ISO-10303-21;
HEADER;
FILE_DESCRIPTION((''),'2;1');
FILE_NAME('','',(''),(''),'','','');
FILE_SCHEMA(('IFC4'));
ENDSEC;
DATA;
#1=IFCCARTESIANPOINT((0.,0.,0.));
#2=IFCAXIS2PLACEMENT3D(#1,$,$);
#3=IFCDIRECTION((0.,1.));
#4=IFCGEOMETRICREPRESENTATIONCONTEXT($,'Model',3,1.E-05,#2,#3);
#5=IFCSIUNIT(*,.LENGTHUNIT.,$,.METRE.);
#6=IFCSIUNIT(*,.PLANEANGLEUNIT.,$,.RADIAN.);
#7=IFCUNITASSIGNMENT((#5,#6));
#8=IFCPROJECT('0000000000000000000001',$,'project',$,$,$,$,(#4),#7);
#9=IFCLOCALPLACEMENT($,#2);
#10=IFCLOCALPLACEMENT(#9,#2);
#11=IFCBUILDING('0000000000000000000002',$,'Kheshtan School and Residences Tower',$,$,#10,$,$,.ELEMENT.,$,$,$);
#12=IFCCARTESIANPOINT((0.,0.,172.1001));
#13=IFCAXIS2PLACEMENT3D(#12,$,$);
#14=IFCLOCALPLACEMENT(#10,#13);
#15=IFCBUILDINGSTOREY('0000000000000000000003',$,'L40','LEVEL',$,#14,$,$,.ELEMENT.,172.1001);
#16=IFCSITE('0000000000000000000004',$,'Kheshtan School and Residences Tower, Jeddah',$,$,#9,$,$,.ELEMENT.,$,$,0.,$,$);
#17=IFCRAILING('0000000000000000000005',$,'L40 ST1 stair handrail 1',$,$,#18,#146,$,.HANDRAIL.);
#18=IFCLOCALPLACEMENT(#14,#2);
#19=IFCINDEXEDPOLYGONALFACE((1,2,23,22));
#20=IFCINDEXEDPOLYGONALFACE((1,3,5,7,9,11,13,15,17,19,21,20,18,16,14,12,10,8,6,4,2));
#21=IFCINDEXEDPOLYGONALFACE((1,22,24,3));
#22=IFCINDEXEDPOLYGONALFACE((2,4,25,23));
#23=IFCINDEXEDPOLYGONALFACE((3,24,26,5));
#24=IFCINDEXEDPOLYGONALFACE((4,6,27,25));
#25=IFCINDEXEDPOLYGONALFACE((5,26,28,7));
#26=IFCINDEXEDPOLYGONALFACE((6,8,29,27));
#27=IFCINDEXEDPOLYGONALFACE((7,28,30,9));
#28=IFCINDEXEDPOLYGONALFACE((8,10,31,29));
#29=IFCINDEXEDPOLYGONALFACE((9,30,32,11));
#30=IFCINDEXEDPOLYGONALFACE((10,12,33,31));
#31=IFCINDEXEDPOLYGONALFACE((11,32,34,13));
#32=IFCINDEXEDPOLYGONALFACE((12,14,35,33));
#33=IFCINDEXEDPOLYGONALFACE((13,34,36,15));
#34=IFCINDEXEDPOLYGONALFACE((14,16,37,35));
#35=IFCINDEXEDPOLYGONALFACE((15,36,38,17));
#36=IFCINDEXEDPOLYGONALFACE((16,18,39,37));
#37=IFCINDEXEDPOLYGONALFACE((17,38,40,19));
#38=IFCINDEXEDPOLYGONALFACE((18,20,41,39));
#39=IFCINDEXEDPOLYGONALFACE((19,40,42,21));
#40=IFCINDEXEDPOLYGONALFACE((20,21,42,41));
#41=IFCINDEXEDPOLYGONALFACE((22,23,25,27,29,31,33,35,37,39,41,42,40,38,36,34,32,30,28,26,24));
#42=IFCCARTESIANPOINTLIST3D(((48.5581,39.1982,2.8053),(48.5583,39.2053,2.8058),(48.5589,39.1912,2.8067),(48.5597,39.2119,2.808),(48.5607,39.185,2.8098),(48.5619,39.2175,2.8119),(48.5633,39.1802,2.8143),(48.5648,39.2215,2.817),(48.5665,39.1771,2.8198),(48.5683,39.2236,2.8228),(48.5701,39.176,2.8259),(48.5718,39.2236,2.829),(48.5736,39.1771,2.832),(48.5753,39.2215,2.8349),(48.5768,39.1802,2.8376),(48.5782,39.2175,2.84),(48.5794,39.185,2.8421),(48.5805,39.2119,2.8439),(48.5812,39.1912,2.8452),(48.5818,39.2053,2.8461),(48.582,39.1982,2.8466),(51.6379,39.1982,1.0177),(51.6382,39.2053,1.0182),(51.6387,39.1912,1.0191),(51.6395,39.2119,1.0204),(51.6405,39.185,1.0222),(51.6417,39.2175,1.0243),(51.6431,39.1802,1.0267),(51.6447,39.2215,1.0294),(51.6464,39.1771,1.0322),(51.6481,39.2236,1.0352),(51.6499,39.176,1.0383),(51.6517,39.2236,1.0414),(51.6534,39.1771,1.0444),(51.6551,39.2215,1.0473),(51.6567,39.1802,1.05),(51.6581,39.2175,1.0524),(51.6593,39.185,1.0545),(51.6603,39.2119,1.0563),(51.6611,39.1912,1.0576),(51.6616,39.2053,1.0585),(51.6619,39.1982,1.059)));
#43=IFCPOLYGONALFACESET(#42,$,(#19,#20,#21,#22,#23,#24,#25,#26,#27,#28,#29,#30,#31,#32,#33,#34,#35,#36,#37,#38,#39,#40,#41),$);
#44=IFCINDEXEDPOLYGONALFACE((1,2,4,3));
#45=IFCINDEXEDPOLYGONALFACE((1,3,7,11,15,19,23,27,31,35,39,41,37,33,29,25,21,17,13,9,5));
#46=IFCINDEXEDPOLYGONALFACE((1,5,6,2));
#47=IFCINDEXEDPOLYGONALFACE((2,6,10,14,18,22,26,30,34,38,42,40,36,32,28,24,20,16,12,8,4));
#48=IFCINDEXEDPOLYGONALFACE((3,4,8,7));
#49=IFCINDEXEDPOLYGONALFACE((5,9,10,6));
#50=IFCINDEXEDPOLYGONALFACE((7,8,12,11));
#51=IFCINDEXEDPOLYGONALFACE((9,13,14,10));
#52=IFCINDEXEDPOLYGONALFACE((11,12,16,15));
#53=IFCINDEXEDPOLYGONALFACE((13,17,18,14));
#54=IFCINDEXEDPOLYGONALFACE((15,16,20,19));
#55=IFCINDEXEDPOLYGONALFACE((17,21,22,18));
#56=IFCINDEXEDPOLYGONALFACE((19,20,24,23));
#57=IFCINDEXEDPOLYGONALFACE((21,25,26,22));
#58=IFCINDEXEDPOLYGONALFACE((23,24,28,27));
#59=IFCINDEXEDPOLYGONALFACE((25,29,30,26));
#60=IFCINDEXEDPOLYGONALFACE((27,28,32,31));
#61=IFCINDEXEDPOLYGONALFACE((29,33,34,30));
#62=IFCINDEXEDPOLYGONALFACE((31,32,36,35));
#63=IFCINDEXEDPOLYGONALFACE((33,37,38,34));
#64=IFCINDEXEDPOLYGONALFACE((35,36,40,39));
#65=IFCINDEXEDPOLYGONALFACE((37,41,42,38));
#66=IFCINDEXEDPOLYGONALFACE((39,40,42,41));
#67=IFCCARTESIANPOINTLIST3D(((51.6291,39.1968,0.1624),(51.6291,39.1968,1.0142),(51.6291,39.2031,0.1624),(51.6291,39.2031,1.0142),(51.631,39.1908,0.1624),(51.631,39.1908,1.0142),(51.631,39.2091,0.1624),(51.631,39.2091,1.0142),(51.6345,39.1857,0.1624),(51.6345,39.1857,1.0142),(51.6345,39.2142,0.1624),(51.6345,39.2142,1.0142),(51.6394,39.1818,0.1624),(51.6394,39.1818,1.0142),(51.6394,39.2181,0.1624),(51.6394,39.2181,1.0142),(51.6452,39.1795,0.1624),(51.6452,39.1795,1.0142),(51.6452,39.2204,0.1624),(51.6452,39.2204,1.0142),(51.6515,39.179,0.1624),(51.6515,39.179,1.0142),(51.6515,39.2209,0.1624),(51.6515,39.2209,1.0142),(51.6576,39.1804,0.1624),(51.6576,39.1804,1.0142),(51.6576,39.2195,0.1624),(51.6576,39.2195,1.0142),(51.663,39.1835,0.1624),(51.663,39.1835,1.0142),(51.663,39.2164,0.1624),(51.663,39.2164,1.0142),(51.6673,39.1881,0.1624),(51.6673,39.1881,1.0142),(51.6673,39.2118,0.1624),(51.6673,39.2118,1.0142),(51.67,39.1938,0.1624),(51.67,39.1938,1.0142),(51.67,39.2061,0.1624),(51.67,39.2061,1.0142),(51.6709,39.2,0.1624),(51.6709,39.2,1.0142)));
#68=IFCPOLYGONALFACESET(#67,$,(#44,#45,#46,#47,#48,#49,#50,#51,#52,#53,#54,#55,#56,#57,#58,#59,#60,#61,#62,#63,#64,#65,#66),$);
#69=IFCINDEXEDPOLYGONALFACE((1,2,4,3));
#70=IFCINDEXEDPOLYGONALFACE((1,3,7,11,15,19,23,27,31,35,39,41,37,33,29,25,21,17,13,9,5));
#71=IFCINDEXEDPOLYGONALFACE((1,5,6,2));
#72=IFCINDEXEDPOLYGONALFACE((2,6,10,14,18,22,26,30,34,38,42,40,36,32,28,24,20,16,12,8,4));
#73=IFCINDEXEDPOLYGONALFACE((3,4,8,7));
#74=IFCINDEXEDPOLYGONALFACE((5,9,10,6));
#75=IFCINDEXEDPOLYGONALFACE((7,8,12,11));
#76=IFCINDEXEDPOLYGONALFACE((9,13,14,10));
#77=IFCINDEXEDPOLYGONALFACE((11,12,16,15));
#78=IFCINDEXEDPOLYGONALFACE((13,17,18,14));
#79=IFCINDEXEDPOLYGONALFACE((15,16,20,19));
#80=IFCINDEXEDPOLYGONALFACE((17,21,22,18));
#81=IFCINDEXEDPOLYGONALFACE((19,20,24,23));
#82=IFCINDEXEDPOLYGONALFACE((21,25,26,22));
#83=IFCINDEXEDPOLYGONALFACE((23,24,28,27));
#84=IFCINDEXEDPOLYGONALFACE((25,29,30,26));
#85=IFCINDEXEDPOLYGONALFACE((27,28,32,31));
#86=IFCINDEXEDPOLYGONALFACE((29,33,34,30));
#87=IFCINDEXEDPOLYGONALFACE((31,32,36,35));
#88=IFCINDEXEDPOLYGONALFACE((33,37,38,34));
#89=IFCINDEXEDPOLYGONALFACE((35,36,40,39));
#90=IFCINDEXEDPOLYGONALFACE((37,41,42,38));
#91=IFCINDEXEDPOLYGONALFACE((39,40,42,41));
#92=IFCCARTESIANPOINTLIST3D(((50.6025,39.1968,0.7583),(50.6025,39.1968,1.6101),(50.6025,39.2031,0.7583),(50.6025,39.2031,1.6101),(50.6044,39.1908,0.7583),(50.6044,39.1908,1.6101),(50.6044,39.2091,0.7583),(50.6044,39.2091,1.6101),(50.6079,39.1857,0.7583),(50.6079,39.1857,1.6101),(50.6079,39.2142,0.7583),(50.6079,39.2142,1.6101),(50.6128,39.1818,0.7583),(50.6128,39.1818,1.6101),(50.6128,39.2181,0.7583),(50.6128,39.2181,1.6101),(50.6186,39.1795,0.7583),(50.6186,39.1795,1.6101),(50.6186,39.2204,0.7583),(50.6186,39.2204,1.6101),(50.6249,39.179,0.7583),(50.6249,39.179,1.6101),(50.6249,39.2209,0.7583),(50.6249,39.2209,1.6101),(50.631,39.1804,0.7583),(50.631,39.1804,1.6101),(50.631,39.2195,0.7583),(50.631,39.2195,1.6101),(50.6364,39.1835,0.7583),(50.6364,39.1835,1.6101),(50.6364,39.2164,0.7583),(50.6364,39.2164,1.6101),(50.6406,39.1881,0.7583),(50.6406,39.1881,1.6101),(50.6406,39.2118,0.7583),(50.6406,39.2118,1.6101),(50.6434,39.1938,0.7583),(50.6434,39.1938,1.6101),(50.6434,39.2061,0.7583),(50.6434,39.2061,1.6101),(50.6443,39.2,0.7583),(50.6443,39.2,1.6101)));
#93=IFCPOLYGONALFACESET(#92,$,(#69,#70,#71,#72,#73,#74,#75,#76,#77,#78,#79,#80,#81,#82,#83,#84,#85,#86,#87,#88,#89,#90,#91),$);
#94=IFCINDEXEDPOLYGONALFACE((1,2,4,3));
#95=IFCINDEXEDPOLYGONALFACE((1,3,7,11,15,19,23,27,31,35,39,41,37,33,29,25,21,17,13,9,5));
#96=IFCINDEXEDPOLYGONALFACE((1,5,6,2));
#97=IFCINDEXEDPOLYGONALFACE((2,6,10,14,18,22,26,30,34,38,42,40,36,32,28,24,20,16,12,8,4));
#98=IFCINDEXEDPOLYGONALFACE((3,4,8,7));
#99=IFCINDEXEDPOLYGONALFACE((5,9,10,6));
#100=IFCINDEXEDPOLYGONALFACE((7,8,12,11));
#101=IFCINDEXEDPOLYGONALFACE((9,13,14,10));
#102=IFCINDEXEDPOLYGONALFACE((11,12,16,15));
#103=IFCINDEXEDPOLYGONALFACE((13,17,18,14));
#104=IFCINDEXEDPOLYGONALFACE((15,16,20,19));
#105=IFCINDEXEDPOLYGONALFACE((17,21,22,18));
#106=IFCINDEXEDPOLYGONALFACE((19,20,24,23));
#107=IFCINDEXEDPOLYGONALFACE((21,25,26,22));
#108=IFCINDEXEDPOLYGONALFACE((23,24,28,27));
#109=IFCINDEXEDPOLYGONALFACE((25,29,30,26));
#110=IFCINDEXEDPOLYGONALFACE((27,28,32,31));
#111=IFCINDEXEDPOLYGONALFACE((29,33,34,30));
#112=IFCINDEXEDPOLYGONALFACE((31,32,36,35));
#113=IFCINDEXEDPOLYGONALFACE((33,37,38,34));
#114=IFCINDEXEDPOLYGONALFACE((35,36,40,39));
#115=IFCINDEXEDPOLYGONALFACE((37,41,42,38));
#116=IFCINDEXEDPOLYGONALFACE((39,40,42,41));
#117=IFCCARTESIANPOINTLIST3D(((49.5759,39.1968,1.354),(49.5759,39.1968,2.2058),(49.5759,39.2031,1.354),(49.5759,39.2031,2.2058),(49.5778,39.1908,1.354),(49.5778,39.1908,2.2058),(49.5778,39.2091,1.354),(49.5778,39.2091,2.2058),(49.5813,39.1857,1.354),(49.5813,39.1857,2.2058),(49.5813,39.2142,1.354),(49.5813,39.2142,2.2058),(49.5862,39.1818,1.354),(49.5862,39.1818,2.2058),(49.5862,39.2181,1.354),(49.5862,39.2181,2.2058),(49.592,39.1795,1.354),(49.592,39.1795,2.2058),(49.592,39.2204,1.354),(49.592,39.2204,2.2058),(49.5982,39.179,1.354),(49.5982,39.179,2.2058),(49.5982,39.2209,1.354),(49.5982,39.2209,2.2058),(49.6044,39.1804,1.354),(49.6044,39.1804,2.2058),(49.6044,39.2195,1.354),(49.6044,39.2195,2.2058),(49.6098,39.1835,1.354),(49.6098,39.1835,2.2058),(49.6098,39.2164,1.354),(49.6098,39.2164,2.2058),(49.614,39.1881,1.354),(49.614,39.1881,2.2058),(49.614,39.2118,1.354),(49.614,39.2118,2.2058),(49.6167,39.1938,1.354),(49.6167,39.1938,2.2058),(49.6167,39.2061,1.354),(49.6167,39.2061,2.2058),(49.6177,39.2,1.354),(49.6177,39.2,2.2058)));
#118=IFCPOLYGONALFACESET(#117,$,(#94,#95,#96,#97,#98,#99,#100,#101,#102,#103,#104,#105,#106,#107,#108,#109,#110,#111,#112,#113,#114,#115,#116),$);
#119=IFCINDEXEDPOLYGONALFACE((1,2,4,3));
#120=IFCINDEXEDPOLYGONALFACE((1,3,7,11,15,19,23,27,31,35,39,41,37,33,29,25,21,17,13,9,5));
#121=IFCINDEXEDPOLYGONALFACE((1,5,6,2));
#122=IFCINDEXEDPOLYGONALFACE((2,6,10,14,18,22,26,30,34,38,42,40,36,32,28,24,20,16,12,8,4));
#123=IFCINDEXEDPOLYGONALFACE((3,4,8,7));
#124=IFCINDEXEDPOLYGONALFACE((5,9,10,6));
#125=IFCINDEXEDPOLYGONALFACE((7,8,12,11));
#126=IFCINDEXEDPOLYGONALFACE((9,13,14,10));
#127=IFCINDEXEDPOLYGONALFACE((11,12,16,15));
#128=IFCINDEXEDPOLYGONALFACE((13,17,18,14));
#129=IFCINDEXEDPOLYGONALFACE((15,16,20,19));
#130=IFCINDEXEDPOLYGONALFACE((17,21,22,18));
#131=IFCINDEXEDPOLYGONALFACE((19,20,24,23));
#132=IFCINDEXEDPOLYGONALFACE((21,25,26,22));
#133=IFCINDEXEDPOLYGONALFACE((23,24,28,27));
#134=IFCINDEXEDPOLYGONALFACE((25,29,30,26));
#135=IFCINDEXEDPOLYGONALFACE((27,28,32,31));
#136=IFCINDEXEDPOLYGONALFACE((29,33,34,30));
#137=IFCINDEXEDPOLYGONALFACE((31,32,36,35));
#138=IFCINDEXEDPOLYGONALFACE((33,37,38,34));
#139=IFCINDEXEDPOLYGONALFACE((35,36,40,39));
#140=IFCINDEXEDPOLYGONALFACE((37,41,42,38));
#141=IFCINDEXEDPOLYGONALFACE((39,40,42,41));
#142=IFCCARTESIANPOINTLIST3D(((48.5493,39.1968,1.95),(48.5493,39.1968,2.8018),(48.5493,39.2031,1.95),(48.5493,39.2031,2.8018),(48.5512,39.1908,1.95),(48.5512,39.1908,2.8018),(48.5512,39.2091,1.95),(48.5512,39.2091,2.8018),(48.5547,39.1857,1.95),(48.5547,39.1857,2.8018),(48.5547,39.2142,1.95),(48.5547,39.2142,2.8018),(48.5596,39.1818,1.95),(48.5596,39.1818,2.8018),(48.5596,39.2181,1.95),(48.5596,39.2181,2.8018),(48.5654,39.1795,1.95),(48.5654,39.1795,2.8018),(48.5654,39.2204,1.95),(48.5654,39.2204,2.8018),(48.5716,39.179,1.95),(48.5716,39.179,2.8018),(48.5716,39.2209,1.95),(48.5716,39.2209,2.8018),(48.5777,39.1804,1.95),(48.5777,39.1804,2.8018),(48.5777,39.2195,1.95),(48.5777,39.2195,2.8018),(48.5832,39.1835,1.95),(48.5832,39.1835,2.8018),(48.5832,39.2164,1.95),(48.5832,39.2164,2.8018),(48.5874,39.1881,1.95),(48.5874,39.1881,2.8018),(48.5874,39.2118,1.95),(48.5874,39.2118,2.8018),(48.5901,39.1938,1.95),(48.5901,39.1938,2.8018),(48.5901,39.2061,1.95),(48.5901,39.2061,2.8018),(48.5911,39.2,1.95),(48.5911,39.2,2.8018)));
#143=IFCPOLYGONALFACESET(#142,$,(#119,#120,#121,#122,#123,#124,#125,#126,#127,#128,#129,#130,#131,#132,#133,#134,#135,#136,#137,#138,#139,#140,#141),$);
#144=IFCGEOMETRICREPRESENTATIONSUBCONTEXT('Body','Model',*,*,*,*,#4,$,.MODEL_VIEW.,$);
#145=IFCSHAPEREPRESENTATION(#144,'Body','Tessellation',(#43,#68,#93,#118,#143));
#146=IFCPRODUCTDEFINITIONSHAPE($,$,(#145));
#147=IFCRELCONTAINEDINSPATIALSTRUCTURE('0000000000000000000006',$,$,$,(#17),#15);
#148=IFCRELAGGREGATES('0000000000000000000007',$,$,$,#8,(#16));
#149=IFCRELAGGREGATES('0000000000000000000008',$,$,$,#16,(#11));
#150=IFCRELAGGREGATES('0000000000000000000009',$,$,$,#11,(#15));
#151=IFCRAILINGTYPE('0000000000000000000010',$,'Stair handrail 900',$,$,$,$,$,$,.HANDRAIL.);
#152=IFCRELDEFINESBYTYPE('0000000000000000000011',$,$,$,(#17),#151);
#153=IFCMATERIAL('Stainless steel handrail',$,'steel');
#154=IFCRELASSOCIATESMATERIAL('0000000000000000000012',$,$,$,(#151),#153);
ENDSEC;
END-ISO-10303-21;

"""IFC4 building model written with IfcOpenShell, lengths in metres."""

from ifc_helpers import new_model, si_unit, direction, frame, origin, origin_2d, place, context, subcontext, project, spatial, circle, extrude, material, type_object, element, save


model = new_model("IFC4")

# Units and contexts
model_context = context("Model", 3, precision=1e-05, world=origin(), true_north=direction((0.0, 1.0)))
body_context = subcontext(model_context, "Body", "Model", "MODEL_VIEW")
ifc_project = project(units=[si_unit("LENGTHUNIT", "METRE"), si_unit("PLANEANGLEUNIT", "RADIAN")], contexts=[model_context])

# Site, building, storey
site_placement = place(None, origin())
site = spatial("IfcSite", under=ifc_project, at=site_placement, Name="Kheshtan School and Residences Tower, Jeddah", CompositionType="ELEMENT", RefElevation=0.0)
building_placement = place(site_placement, origin())
building = spatial("IfcBuilding", under=site, at=building_placement, Name="Kheshtan School and Residences Tower", CompositionType="ELEMENT")
storey_placement = place(building_placement, frame((0.0, 0.0, 172.1001)))
storey = spatial("IfcBuildingStorey", under=building, at=storey_placement, Name="L40", Description="LEVEL", CompositionType="ELEMENT", Elevation=172.1001)

# Railing
ifc_material_1 = material(Name="Stainless steel handrail", Category="steel")
railing_type_1 = type_object("IfcRailingType", Name="Stair handrail 900", PredefinedType="HANDRAIL", material=ifc_material_1)
railing_1_placement = place(storey_placement, frame((51.6499, 39.2, 0.1624)))
element("IfcRailing", 1, at=railing_1_placement, inside=storey, type_object=railing_type_1, Name="L40 ST1 stair handrail 1", PredefinedType="HANDRAIL", context=body_context, shape_type="SweptSolid", body=[
    extrude(circle(Radius=0.0239, at=origin_2d()), frame((0.0, 0.0, 0.876), z_axis=(-0.864873, 0.0, 0.50199), x_axis=(0.0, -1.0, 0.0)), (0.0, 0.0, 1.0), 3.561),
    extrude(circle(Radius=0.021, at=origin_2d()), origin(), (0.0, 0.0, 1.0), 0.8518),
    extrude(circle(Radius=0.021, at=origin_2d()), frame((-1.0266, 0.0, 0.5959)), (0.0, 0.0, 1.0), 0.8518),
    extrude(circle(Radius=0.021, at=origin_2d()), frame((-2.0532, 0.0, 1.1917)), (0.0, 0.0, 1.0), 0.8518),
    extrude(circle(Radius=0.021, at=origin_2d()), frame((-3.0798, 0.0, 1.7876)), (0.0, 0.0, 1.0), 0.8518),
])

save(model, "model.ifc")
